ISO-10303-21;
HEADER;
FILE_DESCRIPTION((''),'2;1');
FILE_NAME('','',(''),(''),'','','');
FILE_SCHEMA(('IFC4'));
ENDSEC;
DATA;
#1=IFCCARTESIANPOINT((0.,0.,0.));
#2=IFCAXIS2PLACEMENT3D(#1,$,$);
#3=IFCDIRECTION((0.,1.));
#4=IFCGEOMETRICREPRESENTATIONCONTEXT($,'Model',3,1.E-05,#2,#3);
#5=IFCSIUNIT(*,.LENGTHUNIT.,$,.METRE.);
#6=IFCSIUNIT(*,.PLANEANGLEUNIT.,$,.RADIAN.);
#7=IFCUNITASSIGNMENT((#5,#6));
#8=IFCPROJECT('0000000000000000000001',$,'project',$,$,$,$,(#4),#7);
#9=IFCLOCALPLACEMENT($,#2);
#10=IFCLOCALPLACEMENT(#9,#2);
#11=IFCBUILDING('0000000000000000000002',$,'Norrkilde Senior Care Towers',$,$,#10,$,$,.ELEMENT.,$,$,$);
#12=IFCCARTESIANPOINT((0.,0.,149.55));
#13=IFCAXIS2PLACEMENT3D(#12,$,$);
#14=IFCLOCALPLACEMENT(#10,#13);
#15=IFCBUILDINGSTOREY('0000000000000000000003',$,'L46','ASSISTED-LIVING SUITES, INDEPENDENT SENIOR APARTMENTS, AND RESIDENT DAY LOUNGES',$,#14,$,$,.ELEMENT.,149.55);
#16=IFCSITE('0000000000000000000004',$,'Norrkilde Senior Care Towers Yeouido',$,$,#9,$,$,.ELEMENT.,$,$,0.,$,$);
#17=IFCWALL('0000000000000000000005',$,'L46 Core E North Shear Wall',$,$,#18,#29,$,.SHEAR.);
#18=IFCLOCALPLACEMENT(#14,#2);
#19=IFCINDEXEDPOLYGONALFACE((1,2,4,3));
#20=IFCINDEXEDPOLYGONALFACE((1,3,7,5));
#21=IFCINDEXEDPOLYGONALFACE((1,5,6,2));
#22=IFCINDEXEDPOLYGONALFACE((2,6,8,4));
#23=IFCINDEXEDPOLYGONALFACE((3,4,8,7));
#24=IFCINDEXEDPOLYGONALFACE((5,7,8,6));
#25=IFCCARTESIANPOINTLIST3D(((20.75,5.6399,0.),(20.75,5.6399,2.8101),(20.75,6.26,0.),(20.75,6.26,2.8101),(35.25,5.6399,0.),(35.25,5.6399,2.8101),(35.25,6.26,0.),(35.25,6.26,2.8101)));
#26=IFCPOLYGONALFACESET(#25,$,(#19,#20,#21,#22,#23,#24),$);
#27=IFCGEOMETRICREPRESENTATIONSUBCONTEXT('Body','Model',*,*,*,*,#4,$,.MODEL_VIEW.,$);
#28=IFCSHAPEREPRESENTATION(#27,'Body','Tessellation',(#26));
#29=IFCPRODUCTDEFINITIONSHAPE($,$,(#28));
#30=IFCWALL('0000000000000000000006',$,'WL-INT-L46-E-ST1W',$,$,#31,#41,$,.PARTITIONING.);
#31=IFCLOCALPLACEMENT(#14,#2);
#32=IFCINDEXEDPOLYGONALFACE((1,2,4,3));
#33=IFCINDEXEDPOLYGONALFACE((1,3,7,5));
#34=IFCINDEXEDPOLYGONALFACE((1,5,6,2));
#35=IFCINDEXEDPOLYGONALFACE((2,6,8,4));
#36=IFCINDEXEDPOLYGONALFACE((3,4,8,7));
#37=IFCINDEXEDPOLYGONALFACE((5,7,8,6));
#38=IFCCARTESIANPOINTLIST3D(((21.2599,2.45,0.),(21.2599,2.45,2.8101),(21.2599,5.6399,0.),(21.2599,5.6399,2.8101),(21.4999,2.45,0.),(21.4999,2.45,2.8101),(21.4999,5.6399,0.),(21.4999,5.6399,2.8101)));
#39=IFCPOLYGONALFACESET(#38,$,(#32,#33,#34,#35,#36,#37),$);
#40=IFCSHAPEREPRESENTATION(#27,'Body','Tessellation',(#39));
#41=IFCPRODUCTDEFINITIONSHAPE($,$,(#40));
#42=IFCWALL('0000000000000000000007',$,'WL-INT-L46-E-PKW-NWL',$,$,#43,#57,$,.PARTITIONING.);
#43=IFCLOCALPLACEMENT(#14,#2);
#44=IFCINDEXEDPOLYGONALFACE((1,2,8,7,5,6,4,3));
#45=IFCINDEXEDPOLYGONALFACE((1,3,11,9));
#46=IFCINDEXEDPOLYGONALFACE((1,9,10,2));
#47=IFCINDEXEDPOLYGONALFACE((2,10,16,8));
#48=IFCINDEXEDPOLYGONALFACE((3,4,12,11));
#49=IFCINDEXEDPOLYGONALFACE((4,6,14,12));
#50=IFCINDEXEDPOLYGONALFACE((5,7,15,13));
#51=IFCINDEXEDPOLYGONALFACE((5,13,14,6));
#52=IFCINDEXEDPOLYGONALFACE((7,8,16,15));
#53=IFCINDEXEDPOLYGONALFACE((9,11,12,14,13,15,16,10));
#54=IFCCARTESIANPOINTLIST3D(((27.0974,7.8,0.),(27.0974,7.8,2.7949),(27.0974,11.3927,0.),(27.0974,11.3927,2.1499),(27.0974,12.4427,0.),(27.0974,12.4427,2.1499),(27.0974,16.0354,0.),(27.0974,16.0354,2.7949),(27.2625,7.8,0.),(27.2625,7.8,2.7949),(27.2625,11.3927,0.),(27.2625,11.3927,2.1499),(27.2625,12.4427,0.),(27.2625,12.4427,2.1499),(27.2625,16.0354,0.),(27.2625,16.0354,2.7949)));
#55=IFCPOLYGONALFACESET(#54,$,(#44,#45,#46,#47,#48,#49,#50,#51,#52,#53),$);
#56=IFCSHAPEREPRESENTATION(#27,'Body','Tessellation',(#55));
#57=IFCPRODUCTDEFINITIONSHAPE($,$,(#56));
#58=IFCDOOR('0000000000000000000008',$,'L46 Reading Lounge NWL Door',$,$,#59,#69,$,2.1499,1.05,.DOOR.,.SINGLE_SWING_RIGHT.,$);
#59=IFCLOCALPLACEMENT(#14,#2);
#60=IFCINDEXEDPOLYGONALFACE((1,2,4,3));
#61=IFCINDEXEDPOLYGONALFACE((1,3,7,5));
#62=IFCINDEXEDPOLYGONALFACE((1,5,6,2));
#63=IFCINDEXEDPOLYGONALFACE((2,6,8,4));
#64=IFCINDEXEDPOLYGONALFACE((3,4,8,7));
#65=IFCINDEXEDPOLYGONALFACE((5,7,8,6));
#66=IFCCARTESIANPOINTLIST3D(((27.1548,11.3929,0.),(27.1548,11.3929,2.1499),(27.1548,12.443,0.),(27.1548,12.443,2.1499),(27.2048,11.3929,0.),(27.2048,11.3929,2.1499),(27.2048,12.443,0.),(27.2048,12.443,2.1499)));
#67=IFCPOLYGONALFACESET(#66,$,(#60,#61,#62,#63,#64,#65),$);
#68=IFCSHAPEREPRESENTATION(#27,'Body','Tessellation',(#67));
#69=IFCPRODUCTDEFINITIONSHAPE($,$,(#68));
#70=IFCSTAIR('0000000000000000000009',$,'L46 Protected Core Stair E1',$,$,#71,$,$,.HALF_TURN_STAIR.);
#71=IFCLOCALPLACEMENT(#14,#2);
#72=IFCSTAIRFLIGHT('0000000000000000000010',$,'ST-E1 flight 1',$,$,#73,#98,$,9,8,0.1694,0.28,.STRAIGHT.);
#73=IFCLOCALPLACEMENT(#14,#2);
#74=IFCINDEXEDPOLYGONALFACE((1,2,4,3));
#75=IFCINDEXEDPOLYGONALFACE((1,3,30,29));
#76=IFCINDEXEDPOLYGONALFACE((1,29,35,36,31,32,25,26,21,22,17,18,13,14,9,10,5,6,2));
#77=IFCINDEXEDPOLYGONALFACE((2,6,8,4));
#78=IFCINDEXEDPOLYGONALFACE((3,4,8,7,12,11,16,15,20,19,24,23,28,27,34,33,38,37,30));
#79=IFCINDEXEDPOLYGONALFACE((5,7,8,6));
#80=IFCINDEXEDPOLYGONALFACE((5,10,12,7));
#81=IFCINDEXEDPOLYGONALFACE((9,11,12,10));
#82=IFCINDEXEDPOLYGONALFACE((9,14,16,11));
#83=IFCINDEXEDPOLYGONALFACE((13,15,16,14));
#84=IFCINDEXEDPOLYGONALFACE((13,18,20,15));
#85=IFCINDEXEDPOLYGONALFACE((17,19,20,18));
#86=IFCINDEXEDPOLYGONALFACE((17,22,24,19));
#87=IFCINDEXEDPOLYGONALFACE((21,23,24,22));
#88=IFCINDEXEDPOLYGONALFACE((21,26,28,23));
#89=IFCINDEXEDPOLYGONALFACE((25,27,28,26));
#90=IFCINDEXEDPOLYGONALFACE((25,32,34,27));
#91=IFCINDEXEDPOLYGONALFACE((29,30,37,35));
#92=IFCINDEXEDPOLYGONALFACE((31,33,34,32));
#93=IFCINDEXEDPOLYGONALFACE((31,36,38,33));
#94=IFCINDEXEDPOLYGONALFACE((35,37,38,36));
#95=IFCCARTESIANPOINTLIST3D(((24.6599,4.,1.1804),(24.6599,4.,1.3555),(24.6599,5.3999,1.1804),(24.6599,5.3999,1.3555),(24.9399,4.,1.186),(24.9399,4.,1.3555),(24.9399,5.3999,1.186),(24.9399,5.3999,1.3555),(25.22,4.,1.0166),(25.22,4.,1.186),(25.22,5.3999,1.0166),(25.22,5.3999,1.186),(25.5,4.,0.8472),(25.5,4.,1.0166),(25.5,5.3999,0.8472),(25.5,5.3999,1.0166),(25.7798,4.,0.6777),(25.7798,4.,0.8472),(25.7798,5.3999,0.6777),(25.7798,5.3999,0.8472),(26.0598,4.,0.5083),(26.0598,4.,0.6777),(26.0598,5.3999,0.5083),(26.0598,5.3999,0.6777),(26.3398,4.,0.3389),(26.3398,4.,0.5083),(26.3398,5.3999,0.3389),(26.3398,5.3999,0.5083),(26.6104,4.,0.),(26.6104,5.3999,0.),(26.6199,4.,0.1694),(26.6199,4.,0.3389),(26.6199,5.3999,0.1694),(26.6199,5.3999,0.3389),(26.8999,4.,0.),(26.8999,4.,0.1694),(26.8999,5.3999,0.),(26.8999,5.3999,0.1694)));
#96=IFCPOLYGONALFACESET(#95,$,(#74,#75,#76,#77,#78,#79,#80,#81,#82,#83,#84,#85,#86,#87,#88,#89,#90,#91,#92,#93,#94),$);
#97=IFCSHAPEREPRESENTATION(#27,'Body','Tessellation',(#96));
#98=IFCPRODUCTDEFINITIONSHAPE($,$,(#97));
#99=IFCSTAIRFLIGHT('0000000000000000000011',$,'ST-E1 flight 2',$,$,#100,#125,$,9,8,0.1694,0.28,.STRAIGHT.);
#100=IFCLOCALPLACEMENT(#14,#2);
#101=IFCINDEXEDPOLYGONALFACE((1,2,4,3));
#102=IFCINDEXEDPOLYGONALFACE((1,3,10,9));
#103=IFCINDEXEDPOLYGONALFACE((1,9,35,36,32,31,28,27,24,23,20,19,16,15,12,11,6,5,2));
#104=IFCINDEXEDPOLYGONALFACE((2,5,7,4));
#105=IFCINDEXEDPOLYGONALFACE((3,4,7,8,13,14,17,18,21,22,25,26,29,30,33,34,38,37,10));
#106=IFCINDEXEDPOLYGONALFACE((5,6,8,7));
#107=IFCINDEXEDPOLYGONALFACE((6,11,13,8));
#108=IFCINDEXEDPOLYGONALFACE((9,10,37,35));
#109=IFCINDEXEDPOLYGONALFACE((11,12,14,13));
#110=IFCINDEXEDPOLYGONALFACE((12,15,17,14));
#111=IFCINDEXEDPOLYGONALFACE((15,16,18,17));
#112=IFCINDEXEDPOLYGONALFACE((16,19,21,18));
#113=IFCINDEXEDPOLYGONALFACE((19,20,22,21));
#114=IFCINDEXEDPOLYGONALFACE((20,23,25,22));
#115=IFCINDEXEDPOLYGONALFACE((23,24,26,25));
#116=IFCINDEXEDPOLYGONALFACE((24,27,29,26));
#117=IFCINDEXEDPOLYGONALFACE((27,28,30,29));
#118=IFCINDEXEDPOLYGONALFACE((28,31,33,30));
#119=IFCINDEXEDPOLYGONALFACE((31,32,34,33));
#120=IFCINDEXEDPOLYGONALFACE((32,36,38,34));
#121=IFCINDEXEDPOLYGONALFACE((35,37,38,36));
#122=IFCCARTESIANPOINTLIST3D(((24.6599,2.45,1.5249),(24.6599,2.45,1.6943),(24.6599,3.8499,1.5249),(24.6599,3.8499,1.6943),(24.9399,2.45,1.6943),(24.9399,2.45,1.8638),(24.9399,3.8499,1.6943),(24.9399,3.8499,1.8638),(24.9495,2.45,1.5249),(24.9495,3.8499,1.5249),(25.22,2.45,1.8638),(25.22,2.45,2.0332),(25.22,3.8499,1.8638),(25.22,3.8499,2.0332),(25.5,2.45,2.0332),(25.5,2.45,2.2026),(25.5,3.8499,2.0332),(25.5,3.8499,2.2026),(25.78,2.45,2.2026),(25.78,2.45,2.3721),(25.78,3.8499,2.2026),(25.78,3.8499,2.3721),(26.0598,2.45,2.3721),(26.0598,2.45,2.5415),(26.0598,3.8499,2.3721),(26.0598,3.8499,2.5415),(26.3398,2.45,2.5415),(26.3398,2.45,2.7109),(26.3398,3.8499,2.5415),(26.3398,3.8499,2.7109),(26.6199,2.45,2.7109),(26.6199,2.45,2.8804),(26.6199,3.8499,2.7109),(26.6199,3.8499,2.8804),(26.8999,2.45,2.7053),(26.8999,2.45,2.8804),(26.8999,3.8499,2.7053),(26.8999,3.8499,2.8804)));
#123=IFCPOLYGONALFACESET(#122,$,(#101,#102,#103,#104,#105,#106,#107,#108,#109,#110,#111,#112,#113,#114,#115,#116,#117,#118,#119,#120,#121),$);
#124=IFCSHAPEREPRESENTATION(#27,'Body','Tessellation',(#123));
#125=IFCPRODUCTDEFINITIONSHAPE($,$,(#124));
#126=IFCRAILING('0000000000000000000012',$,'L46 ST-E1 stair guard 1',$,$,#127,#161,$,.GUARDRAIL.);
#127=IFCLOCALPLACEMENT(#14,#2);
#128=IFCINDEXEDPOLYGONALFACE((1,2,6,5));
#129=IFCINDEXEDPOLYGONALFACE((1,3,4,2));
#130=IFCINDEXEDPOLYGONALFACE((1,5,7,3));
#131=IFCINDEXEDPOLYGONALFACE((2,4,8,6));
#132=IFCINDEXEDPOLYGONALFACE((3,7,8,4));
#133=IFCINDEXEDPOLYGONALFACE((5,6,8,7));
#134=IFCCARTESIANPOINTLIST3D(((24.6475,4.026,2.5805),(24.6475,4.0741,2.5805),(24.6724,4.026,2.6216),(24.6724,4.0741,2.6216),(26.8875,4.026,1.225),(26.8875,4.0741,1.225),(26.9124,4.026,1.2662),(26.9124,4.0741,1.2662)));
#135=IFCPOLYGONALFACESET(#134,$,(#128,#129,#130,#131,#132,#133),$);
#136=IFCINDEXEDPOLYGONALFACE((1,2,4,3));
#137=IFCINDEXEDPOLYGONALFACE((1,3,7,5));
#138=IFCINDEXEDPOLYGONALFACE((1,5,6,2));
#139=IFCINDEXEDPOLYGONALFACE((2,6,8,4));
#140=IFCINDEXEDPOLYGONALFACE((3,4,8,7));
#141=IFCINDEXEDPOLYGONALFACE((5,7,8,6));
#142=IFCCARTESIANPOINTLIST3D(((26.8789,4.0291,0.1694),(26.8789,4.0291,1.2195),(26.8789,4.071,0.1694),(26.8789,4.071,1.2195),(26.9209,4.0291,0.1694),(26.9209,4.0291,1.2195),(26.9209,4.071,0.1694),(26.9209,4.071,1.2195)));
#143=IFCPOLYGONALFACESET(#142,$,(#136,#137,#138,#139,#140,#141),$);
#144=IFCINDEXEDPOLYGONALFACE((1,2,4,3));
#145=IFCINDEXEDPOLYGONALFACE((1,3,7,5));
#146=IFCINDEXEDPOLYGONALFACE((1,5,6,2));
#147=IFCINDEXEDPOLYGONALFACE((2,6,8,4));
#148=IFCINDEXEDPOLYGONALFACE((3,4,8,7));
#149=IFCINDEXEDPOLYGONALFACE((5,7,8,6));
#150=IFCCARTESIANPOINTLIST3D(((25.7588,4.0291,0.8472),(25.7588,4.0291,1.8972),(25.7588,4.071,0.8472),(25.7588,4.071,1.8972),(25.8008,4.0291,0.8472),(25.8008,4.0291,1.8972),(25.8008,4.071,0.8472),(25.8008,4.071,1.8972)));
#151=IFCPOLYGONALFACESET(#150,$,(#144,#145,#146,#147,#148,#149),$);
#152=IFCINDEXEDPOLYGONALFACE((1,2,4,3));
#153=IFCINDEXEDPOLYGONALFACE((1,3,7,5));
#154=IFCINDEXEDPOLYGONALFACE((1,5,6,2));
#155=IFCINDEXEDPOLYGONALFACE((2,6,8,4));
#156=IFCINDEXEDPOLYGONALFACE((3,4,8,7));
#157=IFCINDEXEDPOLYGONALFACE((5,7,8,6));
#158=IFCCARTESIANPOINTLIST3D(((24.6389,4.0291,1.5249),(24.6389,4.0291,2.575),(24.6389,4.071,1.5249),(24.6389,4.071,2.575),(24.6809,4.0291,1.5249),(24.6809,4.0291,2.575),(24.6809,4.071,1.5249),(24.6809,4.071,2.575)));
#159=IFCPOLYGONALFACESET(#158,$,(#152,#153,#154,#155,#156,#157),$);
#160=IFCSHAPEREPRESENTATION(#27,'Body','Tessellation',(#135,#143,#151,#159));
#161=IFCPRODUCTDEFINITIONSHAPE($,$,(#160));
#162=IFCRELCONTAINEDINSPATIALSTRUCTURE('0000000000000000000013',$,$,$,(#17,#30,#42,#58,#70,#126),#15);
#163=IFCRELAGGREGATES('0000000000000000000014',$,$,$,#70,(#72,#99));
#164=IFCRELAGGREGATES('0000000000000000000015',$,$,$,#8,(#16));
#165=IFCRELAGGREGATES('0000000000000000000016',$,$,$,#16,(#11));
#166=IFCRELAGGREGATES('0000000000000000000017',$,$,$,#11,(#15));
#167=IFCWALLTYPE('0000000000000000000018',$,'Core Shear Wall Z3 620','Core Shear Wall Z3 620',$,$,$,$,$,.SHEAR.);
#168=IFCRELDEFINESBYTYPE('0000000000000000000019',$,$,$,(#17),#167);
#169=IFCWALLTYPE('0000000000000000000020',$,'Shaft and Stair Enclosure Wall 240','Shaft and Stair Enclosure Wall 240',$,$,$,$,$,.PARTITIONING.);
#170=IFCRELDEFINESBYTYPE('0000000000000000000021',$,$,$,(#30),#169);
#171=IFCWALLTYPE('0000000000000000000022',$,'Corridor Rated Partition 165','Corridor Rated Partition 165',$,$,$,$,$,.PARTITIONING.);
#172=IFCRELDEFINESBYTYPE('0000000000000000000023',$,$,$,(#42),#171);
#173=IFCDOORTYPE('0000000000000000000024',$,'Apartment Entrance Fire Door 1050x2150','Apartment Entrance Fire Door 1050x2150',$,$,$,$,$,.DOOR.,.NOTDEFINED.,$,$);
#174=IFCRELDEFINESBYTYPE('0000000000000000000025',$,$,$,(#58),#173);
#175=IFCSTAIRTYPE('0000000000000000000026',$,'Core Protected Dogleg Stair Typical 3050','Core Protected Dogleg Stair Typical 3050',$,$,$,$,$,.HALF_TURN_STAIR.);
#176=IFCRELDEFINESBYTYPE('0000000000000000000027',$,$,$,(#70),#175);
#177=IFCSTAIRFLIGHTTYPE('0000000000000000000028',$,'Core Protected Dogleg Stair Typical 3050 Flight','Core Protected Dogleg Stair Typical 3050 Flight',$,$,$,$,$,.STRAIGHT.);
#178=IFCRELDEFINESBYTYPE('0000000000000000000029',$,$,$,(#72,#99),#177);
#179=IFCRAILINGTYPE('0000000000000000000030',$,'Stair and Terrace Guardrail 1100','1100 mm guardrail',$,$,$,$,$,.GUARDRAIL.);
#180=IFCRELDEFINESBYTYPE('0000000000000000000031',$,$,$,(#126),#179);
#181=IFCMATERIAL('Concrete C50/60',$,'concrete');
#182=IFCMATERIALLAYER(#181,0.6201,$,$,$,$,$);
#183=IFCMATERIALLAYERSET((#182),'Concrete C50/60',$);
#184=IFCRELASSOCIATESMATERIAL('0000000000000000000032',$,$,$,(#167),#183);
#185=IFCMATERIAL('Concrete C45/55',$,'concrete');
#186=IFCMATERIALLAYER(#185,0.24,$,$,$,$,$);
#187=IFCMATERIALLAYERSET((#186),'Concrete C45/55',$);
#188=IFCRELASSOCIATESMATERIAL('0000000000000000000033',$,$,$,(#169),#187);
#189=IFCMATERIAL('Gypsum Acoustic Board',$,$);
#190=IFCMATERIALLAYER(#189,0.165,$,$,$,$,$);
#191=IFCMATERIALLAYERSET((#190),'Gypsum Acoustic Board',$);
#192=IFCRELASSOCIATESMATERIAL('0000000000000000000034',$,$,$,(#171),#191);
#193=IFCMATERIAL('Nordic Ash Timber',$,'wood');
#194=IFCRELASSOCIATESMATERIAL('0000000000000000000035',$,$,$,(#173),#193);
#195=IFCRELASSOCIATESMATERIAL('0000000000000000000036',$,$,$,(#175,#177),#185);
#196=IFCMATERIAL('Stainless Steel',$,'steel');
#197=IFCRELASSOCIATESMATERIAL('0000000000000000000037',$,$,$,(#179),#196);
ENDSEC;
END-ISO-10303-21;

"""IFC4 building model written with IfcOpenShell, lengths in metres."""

from ifc_helpers import new_model, si_unit, direction, frame, frame_2d, origin, origin_2d, place, context, subcontext, project, spatial, polyline, rectangle, outline, extrude, source, transform, mapped, material, layer, layer_set, type_object, type_shapes, element, fill, aggregate, save


model = new_model("IFC4")

# Units and contexts
model_context = context("Model", 3, precision=1e-05, world=origin(), true_north=direction((0.0, 1.0)))
body_context = subcontext(model_context, "Body", "Model", "MODEL_VIEW")
ifc_project = project(units=[si_unit("LENGTHUNIT", "METRE"), si_unit("PLANEANGLEUNIT", "RADIAN")], contexts=[model_context])

# Site, building, storey
site_placement = place(None, origin())
site = spatial("IfcSite", under=ifc_project, at=site_placement, Name="Norrkilde Senior Care Towers Yeouido", CompositionType="ELEMENT", RefElevation=0.0)
building_placement = place(site_placement, origin())
building = spatial("IfcBuilding", under=site, at=building_placement, Name="Norrkilde Senior Care Towers", CompositionType="ELEMENT")
storey_placement = place(building_placement, frame((0.0, 0.0, 149.55)))
storey = spatial("IfcBuildingStorey", under=building, at=storey_placement, Name="L46", Description="ASSISTED-LIVING SUITES, INDEPENDENT SENIOR APARTMENTS, AND RESIDENT DAY LOUNGES", CompositionType="ELEMENT", Elevation=149.55)

# Shared definitions
ifc_material_1 = material(Name="Concrete C50/60", Category="concrete")

# Walls
ifc_layer_1 = layer(ifc_material_1, 0.6201)
ifc_layer_set_1 = layer_set([ifc_layer_1], Name="Concrete C50/60")
wall_type_1 = type_object("IfcWallType", Name="Core Shear Wall Z3 620", Description="Core Shear Wall Z3 620", PredefinedType="SHEAR", material=ifc_layer_set_1)
shared_shape_1 = source(origin(), body_context, "Body", "SweptSolid", [
    extrude(rectangle(XDim=14.5, YDim=0.6201, at=frame_2d((7.25, 0.0))), origin(), (0.0, 0.0, 1.0), 2.8101),
])
type_shapes(wall_type_1, [shared_shape_1])
wall_1_placement = place(storey_placement, frame((20.75, 5.95, 0.0), z_axis=(0.0, 0.0, 1.0), x_axis=(1.0, 0.0, 0.0)))
element("IfcWall", 1, at=wall_1_placement, inside=storey, type_object=wall_type_1, Name="L46 Core E North Shear Wall", PredefinedType="SHEAR", context=body_context, shape_type="MappedRepresentation", body=[
    mapped(shared_shape_1, transform((0.0, 0.0, 0.0), x_axis=(1.0, 0.0, 0.0), y_axis=(0.0, 1.0, 0.0), z_axis=(0.0, 0.0, 1.0), scale=1.0)),
])
ifc_material_2 = material(Name="Concrete C45/55", Category="concrete")
ifc_layer_2 = layer(ifc_material_2, 0.24)
ifc_layer_set_2 = layer_set([ifc_layer_2], Name="Concrete C45/55")
wall_type_2 = type_object("IfcWallType", Name="Shaft and Stair Enclosure Wall 240", Description="Shaft and Stair Enclosure Wall 240", PredefinedType="PARTITIONING", material=ifc_layer_set_2)
shared_shape_2 = source(origin(), body_context, "Body", "SweptSolid", [
    extrude(rectangle(XDim=3.1899, YDim=0.24, at=frame_2d((1.595, 0.0))), origin(), (0.0, 0.0, 1.0), 2.8101),
])
type_shapes(wall_type_2, [shared_shape_2])
wall_2_placement = place(storey_placement, frame((21.3799, 2.45, 0.0), z_axis=(0.0, 0.0, 1.0), x_axis=(0.0, 1.0, 0.0)))
element("IfcWall", 2, at=wall_2_placement, inside=storey, type_object=wall_type_2, Name="WL-INT-L46-E-ST1W", PredefinedType="PARTITIONING", context=body_context, shape_type="MappedRepresentation", body=[
    mapped(shared_shape_2, transform((0.0, 0.0, 0.0), x_axis=(1.0, 0.0, 0.0), y_axis=(0.0, 1.0, 0.0), z_axis=(0.0, 0.0, 1.0), scale=1.0)),
])

# Wall, opening, door
ifc_material_3 = material(Name="Gypsum Acoustic Board")
ifc_layer_3 = layer(ifc_material_3, 0.165)
ifc_layer_set_3 = layer_set([ifc_layer_3], Name="Gypsum Acoustic Board")
wall_type_3 = type_object("IfcWallType", Name="Corridor Rated Partition 165", Description="Corridor Rated Partition 165", PredefinedType="PARTITIONING", material=ifc_layer_set_3)
shared_shape_3 = source(origin(), body_context, "Body", "SweptSolid", [
    extrude(rectangle(XDim=8.2354, YDim=0.165, at=frame_2d((4.1177, 0.0))), origin(), (0.0, 0.0, 1.0), 2.7949),
])
type_shapes(wall_type_3, [shared_shape_3])
wall_3_placement = place(storey_placement, frame((27.1799, 7.8, 0.0), z_axis=(0.0, 0.0, 1.0), x_axis=(0.0, 1.0, 0.0)))
wall_3 = element("IfcWall", 3, at=wall_3_placement, inside=storey, type_object=wall_type_3, Name="WL-INT-L46-E-PKW-NWL", PredefinedType="PARTITIONING", context=body_context, shape_type="MappedRepresentation", body=[
    mapped(shared_shape_3, transform((0.0, 0.0, 0.0), x_axis=(1.0, 0.0, 0.0), y_axis=(0.0, 1.0, 0.0), z_axis=(0.0, 0.0, 1.0), scale=1.0)),
])
opening_placement = place(wall_3_placement, frame((3.5928, 0.0, 0.0)))
opening = element("IfcOpeningElement", 4, at=opening_placement, cuts=wall_3, PredefinedType="OPENING", context=body_context, shape_type="SweptSolid", body=[
    extrude(rectangle(XDim=1.05, YDim=2.1499, at=frame_2d((0.5249, 1.075))), frame((0.0, 0.0925, 0.0), z_axis=(0.0, -1.0, 0.0), x_axis=(1.0, 0.0, 0.0)), (0.0, 0.0, 1.0), 0.1851),
])
ifc_material_4 = material(Name="Nordic Ash Timber", Category="wood")
door_type = type_object("IfcDoorType", Name="Apartment Entrance Fire Door 1050x2150", Description="Apartment Entrance Fire Door 1050x2150", OperationType="NOTDEFINED", PredefinedType="DOOR", material=ifc_material_4)
shared_shape_4 = source(origin(), body_context, "Body", "SweptSolid", [
    extrude(rectangle(XDim=1.05, YDim=2.1499, at=frame_2d((0.5249, 1.075))), frame((0.0, 0.0249, 0.0), z_axis=(0.0, -1.0, 0.0), x_axis=(1.0, 0.0, 0.0)), (0.0, 0.0, 1.0), 0.05),
])
type_shapes(door_type, [shared_shape_4])
door_placement = place(opening_placement, frame((1.05, 0.0, 0.0), z_axis=(0.0, 0.0, 1.0), x_axis=(-1.0, 0.0, 0.0)))
door = element("IfcDoor", 5, at=door_placement, inside=storey, type_object=door_type, Name="L46 Reading Lounge NWL Door", OperationType="SINGLE_SWING_RIGHT", OverallHeight=2.1499, OverallWidth=1.05, PredefinedType="DOOR", context=body_context, shape_type="MappedRepresentation", body=[
    mapped(shared_shape_4, transform((0.0, 0.0, 0.0), x_axis=(1.0, 0.0, 0.0), y_axis=(0.0, 1.0, 0.0), z_axis=(0.0, 0.0, 1.0), scale=1.0)),
])
fill(opening, door)

# Stair, stair flights
stair_type = type_object("IfcStairType", Name="Core Protected Dogleg Stair Typical 3050", Description="Core Protected Dogleg Stair Typical 3050", PredefinedType="HALF_TURN_STAIR", material=ifc_material_2)
stair_placement = place(storey_placement, origin())
stair = element("IfcStair", 6, at=stair_placement, inside=storey, type_object=stair_type, Name="L46 Protected Core Stair E1", PredefinedType="HALF_TURN_STAIR")
stair_flight_type = type_object("IfcStairFlightType", Name="Core Protected Dogleg Stair Typical 3050 Flight", Description="Core Protected Dogleg Stair Typical 3050 Flight", PredefinedType="STRAIGHT", material=ifc_material_2)
stair_flight_1_placement = place(storey_placement, frame((26.8999, 4.7, 0.0), z_axis=(0.0, 0.0, 1.0), x_axis=(-1.0, 0.0, 0.0)))
stair_flight_1 = element("IfcStairFlight", 7, at=stair_flight_1_placement, type_object=stair_flight_type, Name="ST-E1 flight 1", NumberOfRisers=9, NumberOfTreads=8, PredefinedType="STRAIGHT", RiserHeight=0.1694, TreadLength=0.28, context=body_context, shape_type="SweptSolid", body=[
    extrude(outline(polyline([(0.0, 0.0), (0.0, 0.1694), (0.28, 0.1694), (0.28, 0.3389), (0.5601, 0.3389), (0.5601, 0.5083), (0.8401, 0.5083), (0.8401, 0.6777), (1.1201, 0.6777), (1.1201, 0.8472), (1.3999, 0.8472), (1.3999, 1.0166), (1.6799, 1.0166), (1.6799, 1.186), (1.96, 1.186), (1.96, 1.3555), (2.24, 1.3555), (2.24, 1.5249), (2.24, 1.1804), (0.2896, 0.0), (0.0, 0.0)])), frame((0.0, 0.7, 0.0), z_axis=(0.0, -1.0, 0.0), x_axis=(1.0, 0.0, 0.0)), (0.0, 0.0, 1.0), 1.3999),
])
stair_flight_2_placement = place(storey_placement, frame((24.6599, 3.1499, 1.5249), z_axis=(0.0, 0.0, 1.0), x_axis=(1.0, 0.0, 0.0)))
stair_flight_2 = element("IfcStairFlight", 8, at=stair_flight_2_placement, type_object=stair_flight_type, Name="ST-E1 flight 2", NumberOfRisers=9, NumberOfTreads=8, PredefinedType="STRAIGHT", RiserHeight=0.1694, TreadLength=0.28, context=body_context, shape_type="SweptSolid", body=[
    extrude(outline(polyline([(0.0, 0.0), (0.0, 0.1694), (0.28, 0.1694), (0.28, 0.3389), (0.5601, 0.3389), (0.5601, 0.5083), (0.8401, 0.5083), (0.8401, 0.6777), (1.1201, 0.6777), (1.1201, 0.8472), (1.3999, 0.8472), (1.3999, 1.0166), (1.6799, 1.0166), (1.6799, 1.186), (1.96, 1.186), (1.96, 1.3555), (2.24, 1.3555), (2.24, 1.5249), (2.24, 1.1804), (0.2896, 0.0), (0.0, 0.0)])), frame((0.0, 0.7, 0.0), z_axis=(0.0, -1.0, 0.0), x_axis=(1.0, 0.0, 0.0)), (0.0, 0.0, 1.0), 1.3999),
])
aggregate(stair, [stair_flight_1, stair_flight_2])

# Railing
ifc_material_5 = material(Name="Stainless Steel", Category="steel")
railing_type_1 = type_object("IfcRailingType", Name="Stair and Terrace Guardrail 1100", Description="1100 mm guardrail", PredefinedType="GUARDRAIL", material=ifc_material_5)
railing_1_placement = place(storey_placement, frame((26.8999, 4.05, 0.1694)))
element("IfcRailing", 9, at=railing_1_placement, inside=storey, type_object=railing_type_1, Name="L46 ST-E1 stair guard 1", PredefinedType="GUARDRAIL", context=body_context, shape_type="SweptSolid", body=[
    extrude(rectangle(XDim=0.0481, YDim=0.0481, at=origin_2d()), frame((0.0, 0.0, 1.0762), z_axis=(-0.855553, 0.0, 0.517715), x_axis=(0.0, -1.0, 0.0)), (0.0, 0.0, 1.0), 2.6182),
    extrude(rectangle(XDim=0.042, YDim=0.042, at=origin_2d()), origin(), (0.0, 0.0, 1.0), 1.05),
    extrude(rectangle(XDim=0.042, YDim=0.042, at=origin_2d()), frame((-1.1201, 0.0, 0.6777)), (0.0, 0.0, 1.0), 1.05),
    extrude(rectangle(XDim=0.042, YDim=0.042, at=origin_2d()), frame((-2.24, 0.0, 1.3555)), (0.0, 0.0, 1.0), 1.05),
])

save(model, "model.ifc")
